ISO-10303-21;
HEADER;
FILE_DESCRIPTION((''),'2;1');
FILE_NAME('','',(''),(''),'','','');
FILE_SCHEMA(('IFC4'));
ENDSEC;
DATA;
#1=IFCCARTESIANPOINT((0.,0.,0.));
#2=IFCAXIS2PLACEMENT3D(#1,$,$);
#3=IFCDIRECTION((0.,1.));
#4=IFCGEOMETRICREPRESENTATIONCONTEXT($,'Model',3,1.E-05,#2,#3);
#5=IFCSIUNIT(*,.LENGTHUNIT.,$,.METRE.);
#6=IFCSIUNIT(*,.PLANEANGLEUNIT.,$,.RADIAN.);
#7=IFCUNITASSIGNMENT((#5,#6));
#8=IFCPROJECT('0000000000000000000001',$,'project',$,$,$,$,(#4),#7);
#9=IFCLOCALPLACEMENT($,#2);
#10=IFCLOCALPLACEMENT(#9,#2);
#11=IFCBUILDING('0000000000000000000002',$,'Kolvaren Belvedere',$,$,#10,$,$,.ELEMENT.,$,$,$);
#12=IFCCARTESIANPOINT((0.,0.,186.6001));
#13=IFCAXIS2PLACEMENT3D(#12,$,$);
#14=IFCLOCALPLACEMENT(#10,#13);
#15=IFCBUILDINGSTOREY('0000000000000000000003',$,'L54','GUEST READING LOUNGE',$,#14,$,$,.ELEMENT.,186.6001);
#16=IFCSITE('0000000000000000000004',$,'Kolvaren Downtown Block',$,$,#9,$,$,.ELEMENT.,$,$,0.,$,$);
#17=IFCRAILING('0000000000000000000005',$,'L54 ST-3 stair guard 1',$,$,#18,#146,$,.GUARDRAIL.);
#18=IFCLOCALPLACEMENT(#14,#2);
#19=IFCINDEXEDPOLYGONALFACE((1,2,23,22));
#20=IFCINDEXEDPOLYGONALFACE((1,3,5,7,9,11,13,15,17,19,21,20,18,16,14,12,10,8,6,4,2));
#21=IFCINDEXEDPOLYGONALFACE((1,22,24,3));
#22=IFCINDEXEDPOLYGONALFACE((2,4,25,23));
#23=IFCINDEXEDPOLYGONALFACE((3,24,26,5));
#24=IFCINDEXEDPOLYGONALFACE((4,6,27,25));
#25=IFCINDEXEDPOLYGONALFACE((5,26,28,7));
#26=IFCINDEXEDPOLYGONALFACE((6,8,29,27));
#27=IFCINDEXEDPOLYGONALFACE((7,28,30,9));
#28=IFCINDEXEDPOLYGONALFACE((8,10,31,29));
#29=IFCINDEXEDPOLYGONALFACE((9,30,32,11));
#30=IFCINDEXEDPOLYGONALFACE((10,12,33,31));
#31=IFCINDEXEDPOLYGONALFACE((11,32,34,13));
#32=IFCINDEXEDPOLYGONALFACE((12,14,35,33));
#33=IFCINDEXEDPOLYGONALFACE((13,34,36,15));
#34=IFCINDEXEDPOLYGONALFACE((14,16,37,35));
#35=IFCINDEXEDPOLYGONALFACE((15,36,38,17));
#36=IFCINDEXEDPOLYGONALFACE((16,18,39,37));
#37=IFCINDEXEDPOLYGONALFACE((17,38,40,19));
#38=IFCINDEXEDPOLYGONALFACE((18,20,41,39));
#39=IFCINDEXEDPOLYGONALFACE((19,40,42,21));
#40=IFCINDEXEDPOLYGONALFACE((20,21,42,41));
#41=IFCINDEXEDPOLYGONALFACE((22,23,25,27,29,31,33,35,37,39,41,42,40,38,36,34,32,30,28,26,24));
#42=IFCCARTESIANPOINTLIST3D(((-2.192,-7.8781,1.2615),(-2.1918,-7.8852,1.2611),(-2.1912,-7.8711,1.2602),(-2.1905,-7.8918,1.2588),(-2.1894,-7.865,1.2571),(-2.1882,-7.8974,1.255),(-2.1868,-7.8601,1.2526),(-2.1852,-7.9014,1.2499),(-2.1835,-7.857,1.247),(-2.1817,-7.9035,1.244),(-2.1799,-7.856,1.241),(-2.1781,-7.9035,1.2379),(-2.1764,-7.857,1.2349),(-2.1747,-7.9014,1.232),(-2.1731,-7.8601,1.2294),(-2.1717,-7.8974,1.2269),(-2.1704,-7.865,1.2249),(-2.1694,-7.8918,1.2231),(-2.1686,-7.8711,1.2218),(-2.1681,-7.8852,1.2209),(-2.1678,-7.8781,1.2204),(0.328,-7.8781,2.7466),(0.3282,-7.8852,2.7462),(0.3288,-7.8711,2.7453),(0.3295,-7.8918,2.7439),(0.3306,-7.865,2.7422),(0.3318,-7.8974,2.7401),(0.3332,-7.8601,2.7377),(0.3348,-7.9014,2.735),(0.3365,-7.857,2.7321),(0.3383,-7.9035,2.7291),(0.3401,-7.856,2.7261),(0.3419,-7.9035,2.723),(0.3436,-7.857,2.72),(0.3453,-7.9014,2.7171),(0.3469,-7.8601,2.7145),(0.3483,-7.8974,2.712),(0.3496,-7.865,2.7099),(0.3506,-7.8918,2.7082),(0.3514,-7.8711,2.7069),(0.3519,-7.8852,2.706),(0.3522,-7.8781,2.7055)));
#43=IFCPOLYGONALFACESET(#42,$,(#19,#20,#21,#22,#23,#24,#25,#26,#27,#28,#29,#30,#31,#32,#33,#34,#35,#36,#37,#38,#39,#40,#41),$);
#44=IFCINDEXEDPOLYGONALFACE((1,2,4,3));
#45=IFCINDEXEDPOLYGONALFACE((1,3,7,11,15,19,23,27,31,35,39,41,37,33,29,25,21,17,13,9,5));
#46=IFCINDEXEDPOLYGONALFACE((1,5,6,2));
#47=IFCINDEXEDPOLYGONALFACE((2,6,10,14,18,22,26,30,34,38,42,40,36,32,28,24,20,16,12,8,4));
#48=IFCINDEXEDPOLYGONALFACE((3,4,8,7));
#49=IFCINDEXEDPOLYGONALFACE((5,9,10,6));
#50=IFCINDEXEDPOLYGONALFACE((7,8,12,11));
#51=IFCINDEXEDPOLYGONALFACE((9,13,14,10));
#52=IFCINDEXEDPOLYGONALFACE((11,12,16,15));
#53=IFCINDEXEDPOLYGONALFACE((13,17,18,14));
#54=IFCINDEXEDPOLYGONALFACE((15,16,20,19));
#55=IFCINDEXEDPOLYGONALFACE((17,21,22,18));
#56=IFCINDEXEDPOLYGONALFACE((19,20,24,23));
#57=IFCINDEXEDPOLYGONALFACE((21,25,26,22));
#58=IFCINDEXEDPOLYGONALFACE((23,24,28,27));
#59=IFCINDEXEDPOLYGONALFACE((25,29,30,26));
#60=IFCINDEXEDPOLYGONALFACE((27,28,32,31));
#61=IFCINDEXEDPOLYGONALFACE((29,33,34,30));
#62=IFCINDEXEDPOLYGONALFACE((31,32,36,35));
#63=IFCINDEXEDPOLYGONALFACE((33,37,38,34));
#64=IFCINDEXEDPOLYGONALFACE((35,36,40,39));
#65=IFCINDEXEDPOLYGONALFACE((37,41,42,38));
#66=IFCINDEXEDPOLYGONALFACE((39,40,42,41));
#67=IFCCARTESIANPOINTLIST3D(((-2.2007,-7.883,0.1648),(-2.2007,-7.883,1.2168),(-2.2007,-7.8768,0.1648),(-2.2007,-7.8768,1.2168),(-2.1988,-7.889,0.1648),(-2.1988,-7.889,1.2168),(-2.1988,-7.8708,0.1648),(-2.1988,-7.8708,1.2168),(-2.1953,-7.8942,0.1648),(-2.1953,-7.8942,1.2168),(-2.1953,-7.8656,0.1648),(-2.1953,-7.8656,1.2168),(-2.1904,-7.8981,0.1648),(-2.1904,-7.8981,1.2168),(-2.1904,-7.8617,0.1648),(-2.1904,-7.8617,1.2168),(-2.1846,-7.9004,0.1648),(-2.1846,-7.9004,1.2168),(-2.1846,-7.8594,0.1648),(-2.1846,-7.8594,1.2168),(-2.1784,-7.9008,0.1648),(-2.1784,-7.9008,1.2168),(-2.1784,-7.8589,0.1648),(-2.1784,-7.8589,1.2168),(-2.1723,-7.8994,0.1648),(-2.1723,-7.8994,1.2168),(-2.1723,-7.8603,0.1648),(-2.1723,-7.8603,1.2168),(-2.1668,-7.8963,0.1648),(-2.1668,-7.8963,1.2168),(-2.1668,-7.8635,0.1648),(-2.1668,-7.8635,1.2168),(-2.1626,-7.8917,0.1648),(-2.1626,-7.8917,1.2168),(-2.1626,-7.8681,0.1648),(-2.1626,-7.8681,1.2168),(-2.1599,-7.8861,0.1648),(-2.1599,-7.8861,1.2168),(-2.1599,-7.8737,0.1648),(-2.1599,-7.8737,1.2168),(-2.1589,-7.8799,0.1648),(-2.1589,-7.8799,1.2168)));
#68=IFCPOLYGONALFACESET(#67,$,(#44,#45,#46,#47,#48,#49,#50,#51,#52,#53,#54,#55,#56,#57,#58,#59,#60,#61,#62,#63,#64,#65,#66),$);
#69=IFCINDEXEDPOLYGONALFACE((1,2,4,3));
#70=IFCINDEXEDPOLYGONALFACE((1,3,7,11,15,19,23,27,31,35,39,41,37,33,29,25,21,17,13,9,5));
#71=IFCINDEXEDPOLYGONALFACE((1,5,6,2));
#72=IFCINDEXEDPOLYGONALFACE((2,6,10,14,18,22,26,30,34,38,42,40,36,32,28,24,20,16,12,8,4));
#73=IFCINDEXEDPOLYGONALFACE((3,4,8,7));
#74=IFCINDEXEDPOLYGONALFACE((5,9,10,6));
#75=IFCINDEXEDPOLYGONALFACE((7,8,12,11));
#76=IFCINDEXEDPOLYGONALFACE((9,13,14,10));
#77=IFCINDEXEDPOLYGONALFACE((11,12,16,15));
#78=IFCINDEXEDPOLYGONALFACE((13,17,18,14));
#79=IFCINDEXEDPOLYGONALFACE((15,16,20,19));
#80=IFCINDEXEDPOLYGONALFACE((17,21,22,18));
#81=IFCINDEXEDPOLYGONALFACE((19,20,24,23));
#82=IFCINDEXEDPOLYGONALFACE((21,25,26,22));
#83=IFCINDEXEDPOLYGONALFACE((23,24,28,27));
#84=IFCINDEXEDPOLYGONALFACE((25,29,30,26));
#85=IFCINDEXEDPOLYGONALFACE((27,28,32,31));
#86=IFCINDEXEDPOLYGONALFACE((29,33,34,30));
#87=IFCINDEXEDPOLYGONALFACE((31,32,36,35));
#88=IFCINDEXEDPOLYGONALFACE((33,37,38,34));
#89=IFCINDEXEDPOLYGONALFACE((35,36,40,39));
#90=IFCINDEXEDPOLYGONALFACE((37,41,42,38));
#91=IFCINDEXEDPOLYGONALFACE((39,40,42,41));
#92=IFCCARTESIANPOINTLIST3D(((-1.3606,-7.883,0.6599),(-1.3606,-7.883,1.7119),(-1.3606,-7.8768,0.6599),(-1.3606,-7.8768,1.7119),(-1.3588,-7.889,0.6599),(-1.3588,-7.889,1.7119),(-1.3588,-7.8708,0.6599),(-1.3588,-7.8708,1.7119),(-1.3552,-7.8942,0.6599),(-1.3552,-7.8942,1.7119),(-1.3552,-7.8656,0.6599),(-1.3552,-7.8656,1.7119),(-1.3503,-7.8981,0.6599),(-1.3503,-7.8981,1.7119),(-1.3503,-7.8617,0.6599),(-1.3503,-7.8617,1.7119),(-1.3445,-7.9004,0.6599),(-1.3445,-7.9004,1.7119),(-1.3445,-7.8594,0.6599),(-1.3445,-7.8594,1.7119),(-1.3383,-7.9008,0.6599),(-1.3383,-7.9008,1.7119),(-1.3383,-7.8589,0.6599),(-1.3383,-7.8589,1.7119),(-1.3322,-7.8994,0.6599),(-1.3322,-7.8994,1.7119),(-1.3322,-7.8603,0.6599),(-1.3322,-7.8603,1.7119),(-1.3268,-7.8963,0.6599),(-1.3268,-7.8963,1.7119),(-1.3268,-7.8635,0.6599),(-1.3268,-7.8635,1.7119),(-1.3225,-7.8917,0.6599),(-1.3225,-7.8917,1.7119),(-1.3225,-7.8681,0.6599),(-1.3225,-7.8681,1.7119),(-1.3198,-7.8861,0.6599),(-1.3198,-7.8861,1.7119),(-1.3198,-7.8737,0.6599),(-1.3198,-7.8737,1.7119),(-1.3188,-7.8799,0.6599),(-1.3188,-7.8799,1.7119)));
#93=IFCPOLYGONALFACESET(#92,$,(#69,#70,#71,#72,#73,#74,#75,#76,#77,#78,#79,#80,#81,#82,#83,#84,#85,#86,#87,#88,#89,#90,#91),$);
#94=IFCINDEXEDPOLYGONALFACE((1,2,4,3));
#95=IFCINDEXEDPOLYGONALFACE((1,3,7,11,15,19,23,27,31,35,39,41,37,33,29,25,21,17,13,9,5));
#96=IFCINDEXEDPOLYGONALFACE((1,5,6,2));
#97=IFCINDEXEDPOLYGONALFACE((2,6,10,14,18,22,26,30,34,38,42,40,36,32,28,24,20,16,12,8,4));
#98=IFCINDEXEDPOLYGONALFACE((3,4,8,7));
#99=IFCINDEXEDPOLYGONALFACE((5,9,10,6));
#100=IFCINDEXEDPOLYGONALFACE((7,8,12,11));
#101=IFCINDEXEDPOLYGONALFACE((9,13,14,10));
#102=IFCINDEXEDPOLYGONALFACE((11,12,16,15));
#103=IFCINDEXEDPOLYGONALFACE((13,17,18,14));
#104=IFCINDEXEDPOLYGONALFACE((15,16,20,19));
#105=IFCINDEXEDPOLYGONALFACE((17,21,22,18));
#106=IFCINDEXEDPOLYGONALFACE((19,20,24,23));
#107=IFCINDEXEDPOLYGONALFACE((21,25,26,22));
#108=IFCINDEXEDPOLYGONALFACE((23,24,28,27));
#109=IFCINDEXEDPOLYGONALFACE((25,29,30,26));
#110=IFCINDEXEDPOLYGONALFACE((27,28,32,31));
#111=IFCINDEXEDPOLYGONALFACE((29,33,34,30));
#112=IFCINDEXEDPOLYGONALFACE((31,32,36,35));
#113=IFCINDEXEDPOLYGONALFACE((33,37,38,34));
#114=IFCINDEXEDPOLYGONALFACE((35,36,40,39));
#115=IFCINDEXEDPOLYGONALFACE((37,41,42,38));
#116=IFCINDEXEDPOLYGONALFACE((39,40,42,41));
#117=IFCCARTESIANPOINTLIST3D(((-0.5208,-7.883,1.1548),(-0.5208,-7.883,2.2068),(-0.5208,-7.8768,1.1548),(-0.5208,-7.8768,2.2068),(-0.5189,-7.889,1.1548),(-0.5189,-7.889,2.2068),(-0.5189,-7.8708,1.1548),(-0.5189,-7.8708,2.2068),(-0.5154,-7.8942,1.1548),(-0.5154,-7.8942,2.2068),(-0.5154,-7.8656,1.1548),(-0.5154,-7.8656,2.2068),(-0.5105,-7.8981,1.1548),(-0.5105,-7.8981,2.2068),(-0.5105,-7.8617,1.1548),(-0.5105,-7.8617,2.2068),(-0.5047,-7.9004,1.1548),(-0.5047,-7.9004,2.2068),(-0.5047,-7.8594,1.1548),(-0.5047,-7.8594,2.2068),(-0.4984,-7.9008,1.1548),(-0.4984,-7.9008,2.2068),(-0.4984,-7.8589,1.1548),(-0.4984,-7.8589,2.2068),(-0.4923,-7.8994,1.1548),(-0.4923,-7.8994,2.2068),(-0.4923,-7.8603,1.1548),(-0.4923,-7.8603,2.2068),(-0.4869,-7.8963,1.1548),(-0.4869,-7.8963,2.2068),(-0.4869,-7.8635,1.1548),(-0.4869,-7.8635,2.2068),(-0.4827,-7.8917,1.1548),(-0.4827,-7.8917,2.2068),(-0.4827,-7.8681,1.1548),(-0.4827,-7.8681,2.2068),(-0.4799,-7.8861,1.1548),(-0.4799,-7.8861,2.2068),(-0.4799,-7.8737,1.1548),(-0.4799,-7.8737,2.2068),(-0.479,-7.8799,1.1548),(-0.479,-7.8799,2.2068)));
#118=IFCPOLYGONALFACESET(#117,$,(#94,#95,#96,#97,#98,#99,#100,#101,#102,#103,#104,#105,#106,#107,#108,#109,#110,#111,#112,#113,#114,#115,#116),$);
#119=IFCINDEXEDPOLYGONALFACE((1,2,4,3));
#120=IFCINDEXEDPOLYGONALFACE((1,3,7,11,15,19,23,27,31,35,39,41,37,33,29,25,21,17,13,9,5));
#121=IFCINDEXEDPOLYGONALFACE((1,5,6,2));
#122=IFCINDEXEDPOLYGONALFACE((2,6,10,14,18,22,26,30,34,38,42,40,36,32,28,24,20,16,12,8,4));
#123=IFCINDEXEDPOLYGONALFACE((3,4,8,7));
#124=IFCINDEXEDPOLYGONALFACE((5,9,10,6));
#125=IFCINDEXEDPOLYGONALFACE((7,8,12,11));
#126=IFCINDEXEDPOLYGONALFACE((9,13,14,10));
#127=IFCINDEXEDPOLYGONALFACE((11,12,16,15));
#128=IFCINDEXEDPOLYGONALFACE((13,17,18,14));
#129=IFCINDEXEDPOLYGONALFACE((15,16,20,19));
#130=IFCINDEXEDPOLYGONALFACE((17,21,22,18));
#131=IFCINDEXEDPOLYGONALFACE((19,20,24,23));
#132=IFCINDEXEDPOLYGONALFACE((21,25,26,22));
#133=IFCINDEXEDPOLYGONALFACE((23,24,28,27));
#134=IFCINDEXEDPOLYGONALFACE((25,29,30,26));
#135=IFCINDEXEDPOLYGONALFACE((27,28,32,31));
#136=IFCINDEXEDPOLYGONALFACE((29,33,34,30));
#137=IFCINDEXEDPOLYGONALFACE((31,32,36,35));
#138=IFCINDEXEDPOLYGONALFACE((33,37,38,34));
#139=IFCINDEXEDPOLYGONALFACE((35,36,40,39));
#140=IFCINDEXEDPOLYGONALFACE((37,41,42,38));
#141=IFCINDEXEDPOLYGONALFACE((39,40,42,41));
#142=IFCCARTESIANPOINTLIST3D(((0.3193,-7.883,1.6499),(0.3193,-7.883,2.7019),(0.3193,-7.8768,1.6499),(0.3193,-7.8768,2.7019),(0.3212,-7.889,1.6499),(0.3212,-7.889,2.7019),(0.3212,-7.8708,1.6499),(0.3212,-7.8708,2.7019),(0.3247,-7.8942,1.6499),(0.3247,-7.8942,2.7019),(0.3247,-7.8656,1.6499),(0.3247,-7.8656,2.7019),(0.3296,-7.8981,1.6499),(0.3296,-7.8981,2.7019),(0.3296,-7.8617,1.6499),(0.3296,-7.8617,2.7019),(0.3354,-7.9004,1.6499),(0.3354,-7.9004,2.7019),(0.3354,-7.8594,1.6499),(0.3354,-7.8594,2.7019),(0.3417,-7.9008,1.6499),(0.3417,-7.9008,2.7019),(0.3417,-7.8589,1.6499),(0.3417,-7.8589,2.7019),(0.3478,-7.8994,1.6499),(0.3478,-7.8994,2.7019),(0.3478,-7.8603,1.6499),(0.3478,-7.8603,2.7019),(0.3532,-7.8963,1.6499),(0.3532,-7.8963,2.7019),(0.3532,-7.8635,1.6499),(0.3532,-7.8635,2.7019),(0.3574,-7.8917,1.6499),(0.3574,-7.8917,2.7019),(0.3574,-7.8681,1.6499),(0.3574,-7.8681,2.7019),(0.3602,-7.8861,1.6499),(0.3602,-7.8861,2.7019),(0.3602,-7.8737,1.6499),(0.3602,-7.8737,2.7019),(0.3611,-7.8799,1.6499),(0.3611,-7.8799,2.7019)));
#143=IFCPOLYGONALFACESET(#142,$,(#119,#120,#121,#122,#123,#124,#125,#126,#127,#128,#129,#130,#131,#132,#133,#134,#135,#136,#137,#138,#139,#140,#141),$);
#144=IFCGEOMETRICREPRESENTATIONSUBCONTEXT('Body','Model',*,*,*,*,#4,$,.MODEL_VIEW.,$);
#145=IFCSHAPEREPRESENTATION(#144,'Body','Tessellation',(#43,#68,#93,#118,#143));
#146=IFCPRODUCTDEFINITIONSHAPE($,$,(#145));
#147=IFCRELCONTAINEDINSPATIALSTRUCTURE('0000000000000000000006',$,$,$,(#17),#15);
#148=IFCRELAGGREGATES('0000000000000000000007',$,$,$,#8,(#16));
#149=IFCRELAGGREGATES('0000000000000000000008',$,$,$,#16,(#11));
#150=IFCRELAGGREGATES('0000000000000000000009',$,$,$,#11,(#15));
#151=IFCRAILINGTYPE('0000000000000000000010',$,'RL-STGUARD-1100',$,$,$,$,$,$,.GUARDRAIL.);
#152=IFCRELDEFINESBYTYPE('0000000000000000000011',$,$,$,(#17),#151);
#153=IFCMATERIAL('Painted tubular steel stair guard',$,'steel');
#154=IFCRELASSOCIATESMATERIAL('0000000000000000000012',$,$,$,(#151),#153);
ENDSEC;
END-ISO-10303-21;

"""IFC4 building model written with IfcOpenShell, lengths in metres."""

from ifc_helpers import new_model, si_unit, direction, frame, origin, origin_2d, place, context, subcontext, project, spatial, circle, extrude, material, type_object, element, save


model = new_model("IFC4")

# Units and contexts
model_context = context("Model", 3, precision=1e-05, world=origin(), true_north=direction((0.0, 1.0)))
body_context = subcontext(model_context, "Body", "Model", "MODEL_VIEW")
ifc_project = project(units=[si_unit("LENGTHUNIT", "METRE"), si_unit("PLANEANGLEUNIT", "RADIAN")], contexts=[model_context])

# Site, building, storey
site_placement = place(None, origin())
site = spatial("IfcSite", under=ifc_project, at=site_placement, Name="Kolvaren Downtown Block", CompositionType="ELEMENT", RefElevation=0.0)
building_placement = place(site_placement, origin())
building = spatial("IfcBuilding", under=site, at=building_placement, Name="Kolvaren Belvedere", CompositionType="ELEMENT")
storey_placement = place(building_placement, frame((0.0, 0.0, 186.6001)))
storey = spatial("IfcBuildingStorey", under=building, at=storey_placement, Name="L54", Description="GUEST READING LOUNGE", CompositionType="ELEMENT", Elevation=186.6001)

# Railing
ifc_material_1 = material(Name="Painted tubular steel stair guard", Category="steel")
railing_type_1 = type_object("IfcRailingType", Name="RL-STGUARD-1100", PredefinedType="GUARDRAIL", material=ifc_material_1)
railing_1_placement = place(storey_placement, frame((-2.1799, -7.8799, 0.1648)))
element("IfcRailing", 1, at=railing_1_placement, inside=storey, type_object=railing_type_1, Name="L54 ST-3 stair guard 1", PredefinedType="GUARDRAIL", context=body_context, shape_type="SweptSolid", body=[
    extrude(circle(Radius=0.0239, at=origin_2d()), frame((0.0, 0.0, 1.0762), z_axis=(0.861524, 0.0, 0.507717), x_axis=(0.0, 1.0, 0.0)), (0.0, 0.0, 1.0), 2.925),
    extrude(circle(Radius=0.021, at=origin_2d()), origin(), (0.0, 0.0, 1.0), 1.052),
    extrude(circle(Radius=0.021, at=origin_2d()), frame((0.8401, 0.0, 0.4951)), (0.0, 0.0, 1.0), 1.052),
    extrude(circle(Radius=0.021, at=origin_2d()), frame((1.6799, 0.0, 0.99)), (0.0, 0.0, 1.0), 1.052),
    extrude(circle(Radius=0.021, at=origin_2d()), frame((2.52, 0.0, 1.4851)), (0.0, 0.0, 1.0), 1.052),
])

save(model, "model.ifc")
